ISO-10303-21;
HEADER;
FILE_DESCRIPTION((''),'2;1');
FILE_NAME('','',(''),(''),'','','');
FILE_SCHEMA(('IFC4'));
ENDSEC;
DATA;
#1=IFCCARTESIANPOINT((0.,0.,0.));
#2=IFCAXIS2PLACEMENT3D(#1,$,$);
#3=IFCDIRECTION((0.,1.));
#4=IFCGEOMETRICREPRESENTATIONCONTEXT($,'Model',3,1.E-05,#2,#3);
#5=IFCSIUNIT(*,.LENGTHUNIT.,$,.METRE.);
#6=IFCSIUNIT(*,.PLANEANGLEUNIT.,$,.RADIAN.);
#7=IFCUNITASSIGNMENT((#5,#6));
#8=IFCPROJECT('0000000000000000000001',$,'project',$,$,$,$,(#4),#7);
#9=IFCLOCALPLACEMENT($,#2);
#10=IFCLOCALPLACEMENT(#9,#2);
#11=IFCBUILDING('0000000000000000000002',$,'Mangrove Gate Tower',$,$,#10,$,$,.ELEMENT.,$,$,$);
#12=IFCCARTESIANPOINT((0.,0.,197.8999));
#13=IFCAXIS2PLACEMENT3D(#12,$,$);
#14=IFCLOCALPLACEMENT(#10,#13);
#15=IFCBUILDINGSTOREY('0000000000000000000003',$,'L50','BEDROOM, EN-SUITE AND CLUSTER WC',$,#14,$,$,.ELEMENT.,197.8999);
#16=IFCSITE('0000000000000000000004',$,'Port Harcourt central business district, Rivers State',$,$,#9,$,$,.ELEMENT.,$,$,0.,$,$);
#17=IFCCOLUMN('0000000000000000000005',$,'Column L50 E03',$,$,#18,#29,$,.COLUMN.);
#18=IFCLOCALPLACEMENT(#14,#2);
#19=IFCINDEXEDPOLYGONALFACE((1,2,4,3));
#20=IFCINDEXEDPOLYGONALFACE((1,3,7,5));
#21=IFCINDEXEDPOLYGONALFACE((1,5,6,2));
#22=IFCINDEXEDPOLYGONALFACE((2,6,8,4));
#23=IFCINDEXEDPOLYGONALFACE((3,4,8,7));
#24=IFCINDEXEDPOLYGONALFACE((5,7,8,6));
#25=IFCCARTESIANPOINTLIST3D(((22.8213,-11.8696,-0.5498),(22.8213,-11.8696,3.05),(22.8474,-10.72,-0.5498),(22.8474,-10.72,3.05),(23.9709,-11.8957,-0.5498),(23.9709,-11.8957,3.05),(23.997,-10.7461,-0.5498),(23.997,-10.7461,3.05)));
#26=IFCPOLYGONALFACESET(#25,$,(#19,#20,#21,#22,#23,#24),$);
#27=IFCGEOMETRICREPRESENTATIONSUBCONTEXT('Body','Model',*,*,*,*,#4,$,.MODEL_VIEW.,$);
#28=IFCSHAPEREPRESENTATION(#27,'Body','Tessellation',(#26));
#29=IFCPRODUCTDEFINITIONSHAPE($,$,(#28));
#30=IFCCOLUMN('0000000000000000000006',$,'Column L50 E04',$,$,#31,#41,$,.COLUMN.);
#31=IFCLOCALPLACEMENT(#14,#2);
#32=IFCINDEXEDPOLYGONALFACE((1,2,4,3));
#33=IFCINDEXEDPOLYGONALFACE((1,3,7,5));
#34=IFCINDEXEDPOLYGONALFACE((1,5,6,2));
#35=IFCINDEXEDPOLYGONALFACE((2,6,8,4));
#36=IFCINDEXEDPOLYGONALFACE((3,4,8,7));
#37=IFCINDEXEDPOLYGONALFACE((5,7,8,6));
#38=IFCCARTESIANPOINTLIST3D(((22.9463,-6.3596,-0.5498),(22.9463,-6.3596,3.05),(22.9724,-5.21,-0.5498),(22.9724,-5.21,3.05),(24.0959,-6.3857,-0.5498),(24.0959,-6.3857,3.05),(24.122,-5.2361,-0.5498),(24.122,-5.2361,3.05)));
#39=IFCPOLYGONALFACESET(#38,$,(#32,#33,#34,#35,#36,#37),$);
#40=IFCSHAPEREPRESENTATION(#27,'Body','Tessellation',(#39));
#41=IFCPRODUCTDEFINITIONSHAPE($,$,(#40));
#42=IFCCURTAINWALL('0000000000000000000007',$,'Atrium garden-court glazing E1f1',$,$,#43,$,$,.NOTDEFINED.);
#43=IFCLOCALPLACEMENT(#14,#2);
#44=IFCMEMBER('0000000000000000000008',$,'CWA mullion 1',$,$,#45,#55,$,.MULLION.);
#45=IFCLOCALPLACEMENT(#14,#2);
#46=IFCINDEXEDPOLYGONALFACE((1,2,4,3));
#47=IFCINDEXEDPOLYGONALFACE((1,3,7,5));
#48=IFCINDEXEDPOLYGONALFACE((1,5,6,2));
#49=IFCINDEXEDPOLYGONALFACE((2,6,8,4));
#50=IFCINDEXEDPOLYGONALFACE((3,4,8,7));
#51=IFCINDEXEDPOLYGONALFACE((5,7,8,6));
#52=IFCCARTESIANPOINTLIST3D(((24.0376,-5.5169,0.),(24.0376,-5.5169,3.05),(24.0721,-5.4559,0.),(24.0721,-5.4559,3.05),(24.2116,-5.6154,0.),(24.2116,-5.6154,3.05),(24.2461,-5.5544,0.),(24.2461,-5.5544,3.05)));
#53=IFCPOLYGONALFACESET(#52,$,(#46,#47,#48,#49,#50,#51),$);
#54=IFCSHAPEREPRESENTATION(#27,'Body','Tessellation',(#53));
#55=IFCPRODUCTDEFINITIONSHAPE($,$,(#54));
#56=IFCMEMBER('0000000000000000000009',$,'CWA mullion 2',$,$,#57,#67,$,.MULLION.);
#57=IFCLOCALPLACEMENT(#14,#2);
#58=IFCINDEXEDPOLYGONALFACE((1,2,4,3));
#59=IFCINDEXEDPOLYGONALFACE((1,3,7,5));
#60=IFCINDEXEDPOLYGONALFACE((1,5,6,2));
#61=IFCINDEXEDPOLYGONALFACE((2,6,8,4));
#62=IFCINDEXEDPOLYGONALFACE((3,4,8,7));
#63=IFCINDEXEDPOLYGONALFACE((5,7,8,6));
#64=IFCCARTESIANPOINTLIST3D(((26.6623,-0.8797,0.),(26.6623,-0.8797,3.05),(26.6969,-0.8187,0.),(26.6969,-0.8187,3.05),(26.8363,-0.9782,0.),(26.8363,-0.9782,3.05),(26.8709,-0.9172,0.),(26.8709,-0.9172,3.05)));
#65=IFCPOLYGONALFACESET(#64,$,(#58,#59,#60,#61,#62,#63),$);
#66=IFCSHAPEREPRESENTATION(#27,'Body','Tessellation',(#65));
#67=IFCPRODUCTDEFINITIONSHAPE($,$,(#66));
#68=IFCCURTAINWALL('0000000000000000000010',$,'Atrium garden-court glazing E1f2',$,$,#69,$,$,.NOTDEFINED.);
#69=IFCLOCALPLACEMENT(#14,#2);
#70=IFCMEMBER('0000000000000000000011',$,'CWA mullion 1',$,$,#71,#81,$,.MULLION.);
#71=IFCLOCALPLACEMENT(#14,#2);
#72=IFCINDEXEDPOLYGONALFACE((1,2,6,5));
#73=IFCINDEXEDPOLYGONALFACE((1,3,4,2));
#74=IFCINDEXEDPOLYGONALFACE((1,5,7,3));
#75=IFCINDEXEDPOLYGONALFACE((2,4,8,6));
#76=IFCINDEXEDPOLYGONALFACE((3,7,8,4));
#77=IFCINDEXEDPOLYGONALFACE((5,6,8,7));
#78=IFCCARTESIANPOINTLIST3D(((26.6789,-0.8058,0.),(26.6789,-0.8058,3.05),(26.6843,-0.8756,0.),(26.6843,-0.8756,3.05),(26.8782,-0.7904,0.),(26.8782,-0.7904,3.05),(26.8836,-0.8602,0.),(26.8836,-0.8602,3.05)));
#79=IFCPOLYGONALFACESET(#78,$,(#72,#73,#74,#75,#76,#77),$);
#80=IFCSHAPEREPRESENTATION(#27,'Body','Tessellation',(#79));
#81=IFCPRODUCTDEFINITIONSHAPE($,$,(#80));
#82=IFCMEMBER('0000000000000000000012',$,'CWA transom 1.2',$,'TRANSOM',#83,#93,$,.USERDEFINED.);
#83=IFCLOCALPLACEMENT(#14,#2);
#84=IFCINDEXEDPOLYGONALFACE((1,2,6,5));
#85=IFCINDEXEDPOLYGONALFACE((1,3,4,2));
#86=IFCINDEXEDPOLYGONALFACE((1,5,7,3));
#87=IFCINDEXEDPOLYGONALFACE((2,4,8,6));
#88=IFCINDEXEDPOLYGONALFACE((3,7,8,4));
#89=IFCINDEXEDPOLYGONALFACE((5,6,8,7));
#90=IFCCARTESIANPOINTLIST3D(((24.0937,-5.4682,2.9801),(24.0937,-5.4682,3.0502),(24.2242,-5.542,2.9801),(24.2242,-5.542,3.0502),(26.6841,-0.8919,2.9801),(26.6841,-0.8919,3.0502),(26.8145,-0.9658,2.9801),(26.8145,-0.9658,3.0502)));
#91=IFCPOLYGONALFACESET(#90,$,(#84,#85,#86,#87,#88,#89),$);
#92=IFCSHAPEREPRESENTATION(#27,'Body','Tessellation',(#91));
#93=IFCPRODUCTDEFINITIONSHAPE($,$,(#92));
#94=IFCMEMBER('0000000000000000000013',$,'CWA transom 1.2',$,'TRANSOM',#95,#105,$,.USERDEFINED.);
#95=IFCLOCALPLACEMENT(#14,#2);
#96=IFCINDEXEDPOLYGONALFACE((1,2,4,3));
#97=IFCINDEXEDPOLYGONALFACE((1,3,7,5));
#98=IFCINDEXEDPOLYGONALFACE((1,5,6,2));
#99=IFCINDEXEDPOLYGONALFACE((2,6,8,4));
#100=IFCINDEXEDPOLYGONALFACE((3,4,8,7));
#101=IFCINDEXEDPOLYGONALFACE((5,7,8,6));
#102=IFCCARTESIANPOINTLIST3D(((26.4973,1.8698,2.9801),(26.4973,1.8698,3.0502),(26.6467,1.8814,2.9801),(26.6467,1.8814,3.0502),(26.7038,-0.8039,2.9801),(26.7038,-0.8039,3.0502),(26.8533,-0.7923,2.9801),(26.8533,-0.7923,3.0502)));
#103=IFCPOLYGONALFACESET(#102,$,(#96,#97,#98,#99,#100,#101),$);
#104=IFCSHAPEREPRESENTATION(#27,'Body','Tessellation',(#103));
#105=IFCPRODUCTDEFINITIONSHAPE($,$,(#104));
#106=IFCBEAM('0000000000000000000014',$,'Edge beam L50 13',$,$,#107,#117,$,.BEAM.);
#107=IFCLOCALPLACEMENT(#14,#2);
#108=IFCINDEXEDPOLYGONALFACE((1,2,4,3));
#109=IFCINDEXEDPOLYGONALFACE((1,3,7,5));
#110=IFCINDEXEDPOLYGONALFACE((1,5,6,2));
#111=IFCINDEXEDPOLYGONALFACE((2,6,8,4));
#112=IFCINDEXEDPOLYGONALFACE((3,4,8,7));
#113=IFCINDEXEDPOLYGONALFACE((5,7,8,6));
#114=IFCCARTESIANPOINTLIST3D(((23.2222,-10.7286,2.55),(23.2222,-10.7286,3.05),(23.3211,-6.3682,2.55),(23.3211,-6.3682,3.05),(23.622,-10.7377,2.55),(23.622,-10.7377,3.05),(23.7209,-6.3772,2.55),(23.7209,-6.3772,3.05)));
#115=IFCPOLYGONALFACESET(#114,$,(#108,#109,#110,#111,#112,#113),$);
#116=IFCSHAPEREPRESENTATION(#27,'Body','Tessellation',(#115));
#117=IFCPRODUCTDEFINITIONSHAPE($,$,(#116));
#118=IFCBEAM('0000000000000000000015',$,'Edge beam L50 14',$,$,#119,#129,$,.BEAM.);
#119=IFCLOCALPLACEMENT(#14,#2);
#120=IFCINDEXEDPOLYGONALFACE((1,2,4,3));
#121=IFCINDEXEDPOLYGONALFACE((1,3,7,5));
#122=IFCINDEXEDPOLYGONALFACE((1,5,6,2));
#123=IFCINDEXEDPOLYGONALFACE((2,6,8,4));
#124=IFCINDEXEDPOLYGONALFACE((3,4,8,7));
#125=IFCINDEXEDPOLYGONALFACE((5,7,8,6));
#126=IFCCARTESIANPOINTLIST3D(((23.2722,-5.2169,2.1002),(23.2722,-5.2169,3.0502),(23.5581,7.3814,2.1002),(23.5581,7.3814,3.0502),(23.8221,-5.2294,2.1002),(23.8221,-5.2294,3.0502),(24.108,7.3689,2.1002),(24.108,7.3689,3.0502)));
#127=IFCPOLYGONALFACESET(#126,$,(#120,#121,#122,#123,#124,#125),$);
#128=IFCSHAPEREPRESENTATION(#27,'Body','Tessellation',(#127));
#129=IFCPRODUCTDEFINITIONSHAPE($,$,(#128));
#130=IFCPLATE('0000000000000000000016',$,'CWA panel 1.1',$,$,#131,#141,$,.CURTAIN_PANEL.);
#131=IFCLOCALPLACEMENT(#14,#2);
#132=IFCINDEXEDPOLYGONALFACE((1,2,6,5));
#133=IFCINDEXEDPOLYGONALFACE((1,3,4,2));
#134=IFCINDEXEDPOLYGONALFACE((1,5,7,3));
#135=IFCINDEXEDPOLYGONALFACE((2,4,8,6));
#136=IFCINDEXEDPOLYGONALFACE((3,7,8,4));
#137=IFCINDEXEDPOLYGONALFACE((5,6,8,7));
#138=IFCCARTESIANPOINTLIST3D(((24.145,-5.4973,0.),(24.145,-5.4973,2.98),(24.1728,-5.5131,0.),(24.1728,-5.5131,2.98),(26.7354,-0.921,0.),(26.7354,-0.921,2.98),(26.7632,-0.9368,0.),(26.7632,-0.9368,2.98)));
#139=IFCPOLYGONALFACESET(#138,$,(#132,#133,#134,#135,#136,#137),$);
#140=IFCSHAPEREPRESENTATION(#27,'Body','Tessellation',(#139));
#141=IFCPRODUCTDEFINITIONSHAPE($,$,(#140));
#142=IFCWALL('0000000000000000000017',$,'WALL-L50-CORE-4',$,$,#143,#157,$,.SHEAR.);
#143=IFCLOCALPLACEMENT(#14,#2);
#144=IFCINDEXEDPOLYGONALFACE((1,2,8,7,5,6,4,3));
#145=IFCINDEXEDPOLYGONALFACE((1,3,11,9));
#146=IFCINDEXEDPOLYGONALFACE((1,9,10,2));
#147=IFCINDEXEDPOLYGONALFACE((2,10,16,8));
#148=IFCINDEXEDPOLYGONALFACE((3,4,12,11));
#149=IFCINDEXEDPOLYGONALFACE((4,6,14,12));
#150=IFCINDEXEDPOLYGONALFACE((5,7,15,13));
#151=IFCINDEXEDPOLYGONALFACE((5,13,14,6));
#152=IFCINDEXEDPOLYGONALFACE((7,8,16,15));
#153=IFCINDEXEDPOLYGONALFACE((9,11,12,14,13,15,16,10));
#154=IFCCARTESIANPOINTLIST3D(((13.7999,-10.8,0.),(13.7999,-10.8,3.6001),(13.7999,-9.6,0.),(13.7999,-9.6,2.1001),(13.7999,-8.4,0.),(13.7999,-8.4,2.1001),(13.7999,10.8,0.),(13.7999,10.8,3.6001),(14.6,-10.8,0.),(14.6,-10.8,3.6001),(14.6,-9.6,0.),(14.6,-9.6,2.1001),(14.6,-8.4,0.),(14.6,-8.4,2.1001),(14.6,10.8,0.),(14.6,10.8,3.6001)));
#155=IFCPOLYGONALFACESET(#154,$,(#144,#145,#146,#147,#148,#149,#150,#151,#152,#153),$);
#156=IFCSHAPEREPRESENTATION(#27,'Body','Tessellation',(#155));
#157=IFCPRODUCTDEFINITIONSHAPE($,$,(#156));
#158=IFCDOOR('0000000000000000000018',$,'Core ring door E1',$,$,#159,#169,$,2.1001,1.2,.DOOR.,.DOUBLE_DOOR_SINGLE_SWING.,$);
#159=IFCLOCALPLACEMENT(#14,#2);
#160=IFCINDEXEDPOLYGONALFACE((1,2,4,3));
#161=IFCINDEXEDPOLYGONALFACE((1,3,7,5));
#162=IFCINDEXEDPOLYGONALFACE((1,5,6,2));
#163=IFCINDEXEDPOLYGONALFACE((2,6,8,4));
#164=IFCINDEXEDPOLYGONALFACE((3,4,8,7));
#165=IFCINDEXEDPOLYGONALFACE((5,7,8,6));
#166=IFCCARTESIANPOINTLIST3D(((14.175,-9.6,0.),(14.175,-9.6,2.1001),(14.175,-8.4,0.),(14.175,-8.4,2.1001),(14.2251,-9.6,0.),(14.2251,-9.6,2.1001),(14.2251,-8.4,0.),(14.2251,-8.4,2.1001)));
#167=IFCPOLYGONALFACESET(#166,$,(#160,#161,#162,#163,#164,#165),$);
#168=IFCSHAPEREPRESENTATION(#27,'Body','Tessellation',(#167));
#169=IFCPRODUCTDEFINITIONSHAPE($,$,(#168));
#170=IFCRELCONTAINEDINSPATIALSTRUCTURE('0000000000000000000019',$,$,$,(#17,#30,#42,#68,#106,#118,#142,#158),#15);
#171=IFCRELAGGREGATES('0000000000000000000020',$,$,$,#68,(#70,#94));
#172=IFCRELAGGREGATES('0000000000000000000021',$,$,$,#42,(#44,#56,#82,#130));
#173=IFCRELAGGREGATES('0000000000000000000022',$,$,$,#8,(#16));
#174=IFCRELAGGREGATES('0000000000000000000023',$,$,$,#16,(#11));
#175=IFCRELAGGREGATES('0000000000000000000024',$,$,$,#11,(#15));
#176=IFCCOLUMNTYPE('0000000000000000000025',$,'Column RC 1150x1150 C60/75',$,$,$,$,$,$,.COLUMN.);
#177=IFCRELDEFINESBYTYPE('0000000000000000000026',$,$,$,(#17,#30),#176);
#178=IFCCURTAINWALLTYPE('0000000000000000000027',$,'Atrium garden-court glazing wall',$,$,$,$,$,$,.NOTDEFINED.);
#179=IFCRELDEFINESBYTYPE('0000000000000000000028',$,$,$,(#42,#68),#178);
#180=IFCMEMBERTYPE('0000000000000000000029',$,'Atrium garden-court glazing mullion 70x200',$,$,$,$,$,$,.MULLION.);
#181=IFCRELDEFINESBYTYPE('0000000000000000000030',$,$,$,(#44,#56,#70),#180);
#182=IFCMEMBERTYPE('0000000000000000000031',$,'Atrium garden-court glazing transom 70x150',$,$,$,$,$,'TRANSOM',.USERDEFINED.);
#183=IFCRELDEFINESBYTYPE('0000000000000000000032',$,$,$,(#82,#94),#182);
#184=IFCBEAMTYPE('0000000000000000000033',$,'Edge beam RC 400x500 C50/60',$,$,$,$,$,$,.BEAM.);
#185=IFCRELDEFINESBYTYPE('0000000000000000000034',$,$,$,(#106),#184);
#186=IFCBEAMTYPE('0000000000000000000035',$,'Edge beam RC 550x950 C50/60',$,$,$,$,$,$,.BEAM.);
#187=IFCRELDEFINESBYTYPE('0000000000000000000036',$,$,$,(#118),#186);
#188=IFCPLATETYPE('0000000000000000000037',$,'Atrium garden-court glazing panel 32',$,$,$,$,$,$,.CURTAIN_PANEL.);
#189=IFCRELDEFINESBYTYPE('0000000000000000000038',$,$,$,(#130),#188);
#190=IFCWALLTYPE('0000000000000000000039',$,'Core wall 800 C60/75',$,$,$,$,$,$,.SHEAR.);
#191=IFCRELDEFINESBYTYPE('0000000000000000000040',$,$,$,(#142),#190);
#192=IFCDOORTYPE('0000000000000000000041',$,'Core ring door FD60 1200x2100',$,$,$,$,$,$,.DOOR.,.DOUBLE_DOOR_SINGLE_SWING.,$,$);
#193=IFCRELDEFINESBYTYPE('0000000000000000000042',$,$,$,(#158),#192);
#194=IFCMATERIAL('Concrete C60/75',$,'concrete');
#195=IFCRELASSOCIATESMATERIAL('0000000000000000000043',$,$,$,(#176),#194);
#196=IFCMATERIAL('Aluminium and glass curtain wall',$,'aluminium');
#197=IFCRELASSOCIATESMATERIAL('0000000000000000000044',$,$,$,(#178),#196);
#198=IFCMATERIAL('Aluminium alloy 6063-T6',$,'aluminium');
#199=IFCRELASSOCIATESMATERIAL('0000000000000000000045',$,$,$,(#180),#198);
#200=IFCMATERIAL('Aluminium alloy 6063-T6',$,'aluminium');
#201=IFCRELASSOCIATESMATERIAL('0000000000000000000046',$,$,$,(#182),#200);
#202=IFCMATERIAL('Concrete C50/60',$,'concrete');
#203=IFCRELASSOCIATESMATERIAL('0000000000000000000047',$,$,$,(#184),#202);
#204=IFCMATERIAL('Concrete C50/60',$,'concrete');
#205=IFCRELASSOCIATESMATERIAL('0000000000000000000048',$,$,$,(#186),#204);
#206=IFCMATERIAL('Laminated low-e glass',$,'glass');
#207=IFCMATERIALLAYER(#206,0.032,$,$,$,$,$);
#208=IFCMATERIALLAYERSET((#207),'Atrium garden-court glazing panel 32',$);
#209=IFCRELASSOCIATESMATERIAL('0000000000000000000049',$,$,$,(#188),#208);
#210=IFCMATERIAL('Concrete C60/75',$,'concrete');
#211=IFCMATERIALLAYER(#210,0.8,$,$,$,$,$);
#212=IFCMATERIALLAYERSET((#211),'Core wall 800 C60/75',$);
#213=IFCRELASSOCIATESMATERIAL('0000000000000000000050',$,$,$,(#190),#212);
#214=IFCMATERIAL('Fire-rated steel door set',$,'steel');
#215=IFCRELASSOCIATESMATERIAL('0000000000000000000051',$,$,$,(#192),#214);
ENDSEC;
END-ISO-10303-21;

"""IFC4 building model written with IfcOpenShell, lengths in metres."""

from ifc_helpers import new_model, si_unit, direction, frame, frame_2d, origin, origin_2d, place, context, subcontext, project, spatial, rectangle, extrude, material, layer, layer_set, material_profile, profile_set, type_object, element, fill, aggregate, save


model = new_model("IFC4")

# Units and contexts
model_context = context("Model", 3, precision=1e-05, world=origin(), true_north=direction((0.0, 1.0)))
body_context = subcontext(model_context, "Body", "Model", "MODEL_VIEW")
ifc_project = project(units=[si_unit("LENGTHUNIT", "METRE"), si_unit("PLANEANGLEUNIT", "RADIAN")], contexts=[model_context])

# Site, building, storey
site_placement = place(None, origin())
site = spatial("IfcSite", under=ifc_project, at=site_placement, Name="Port Harcourt central business district, Rivers State", CompositionType="ELEMENT", RefElevation=0.0)
building_placement = place(site_placement, origin())
building = spatial("IfcBuilding", under=site, at=building_placement, Name="Mangrove Gate Tower", CompositionType="ELEMENT")
storey_placement = place(building_placement, frame((0.0, 0.0, 197.8999)))
storey = spatial("IfcBuildingStorey", under=building, at=storey_placement, Name="L50", Description="BEDROOM, EN-SUITE AND CLUSTER WC", CompositionType="ELEMENT", Elevation=197.8999)

# Columns
ifc_material_1 = material(Name="Concrete C60/75", Category="concrete")
ifc_material_profile_1 = material_profile(ifc_material_1, rectangle(XDim=1.1499, YDim=1.1499, at=origin_2d()))
ifc_profile_set_1 = profile_set([ifc_material_profile_1], Name="Concrete C60/75")
column_type = type_object("IfcColumnType", Name="Column RC 1150x1150 C60/75", PredefinedType="COLUMN", material=ifc_profile_set_1)
for number, where, z_axis, x_axis, name in (
    (1, (23.4092, -11.3079, -0.5498), (0.0, 0.0, 1.0), (0.022678, 0.999743, 0.0), "Column L50 E03"),
    (2, (23.5342, -5.7979, -0.5498), (0.0, 0.0, 1.0), (0.022686, 0.999743, 0.0), "Column L50 E04"),
):
    element("IfcColumn", number, at=place(storey_placement, frame(where, z_axis=z_axis, x_axis=x_axis)), inside=storey, type_object=column_type, Name=name, PredefinedType="COLUMN", context=body_context, shape_type="SweptSolid", body=[
        extrude(rectangle(XDim=1.1499, YDim=1.1499, at=origin_2d()), origin(), (0.0, 0.0, 1.0), 3.5999),
    ])

# Curtain wall, members
ifc_material_2 = material(Name="Aluminium and glass curtain wall", Category="aluminium")
curtain_wall_type = type_object("IfcCurtainWallType", Name="Atrium garden-court glazing wall", PredefinedType="NOTDEFINED", material=ifc_material_2)
curtain_wall_1_placement = place(storey_placement, origin())
curtain_wall_1 = element("IfcCurtainWall", 3, at=curtain_wall_1_placement, inside=storey, type_object=curtain_wall_type, Name="Atrium garden-court glazing E1f1", PredefinedType="NOTDEFINED")
ifc_material_3 = material(Name="Aluminium alloy 6063-T6", Category="aluminium")
ifc_material_profile_2 = material_profile(ifc_material_3, rectangle(XDim=0.0701, YDim=0.2, at=origin_2d()))
ifc_profile_set_2 = profile_set([ifc_material_profile_2], Name="Aluminium alloy 6063-T6")
member_type_1 = type_object("IfcMemberType", Name="Atrium garden-court glazing mullion 70x200", PredefinedType="MULLION", material=ifc_profile_set_2)
member_1_placement = place(storey_placement, frame((24.1418, -5.5356, 0.0), z_axis=(0.0, 0.0, 1.0), x_axis=(0.4926, 0.870256, 0.0)))
member_1 = element("IfcMember", 4, at=member_1_placement, type_object=member_type_1, Name="CWA mullion 1", PredefinedType="MULLION", context=body_context, shape_type="SweptSolid", body=[
    extrude(rectangle(XDim=0.0701, YDim=0.2, at=origin_2d()), origin(), (0.0, 0.0, 1.0), 3.05),
])
member_2_placement = place(storey_placement, frame((26.7666, -0.8984, 0.0), z_axis=(0.0, 0.0, 1.0), x_axis=(0.4926, 0.870256, 0.0)))
member_2 = element("IfcMember", 5, at=member_2_placement, type_object=member_type_1, Name="CWA mullion 2", PredefinedType="MULLION", context=body_context, shape_type="SweptSolid", body=[
    extrude(rectangle(XDim=0.0701, YDim=0.2, at=origin_2d()), origin(), (0.0, 0.0, 1.0), 3.05),
])

# Curtain wall, member
curtain_wall_2_placement = place(storey_placement, origin())
curtain_wall_2 = element("IfcCurtainWall", 6, at=curtain_wall_2_placement, inside=storey, type_object=curtain_wall_type, Name="Atrium garden-court glazing E1f2", PredefinedType="NOTDEFINED")
member_3_placement = place(storey_placement, frame((26.7812, -0.833, 0.0), z_axis=(0.0, 0.0, 1.0), x_axis=(-0.077023, 0.997029, 0.0)))
member_3 = element("IfcMember", 7, at=member_3_placement, type_object=member_type_1, Name="CWA mullion 1", PredefinedType="MULLION", context=body_context, shape_type="SweptSolid", body=[
    extrude(rectangle(XDim=0.0701, YDim=0.2, at=origin_2d()), origin(), (0.0, 0.0, 1.0), 3.05),
])

# Members
ifc_material_4 = material(Name="Aluminium alloy 6063-T6", Category="aluminium")
ifc_material_profile_3 = material_profile(ifc_material_4, rectangle(XDim=0.0701, YDim=0.1499, at=origin_2d()))
ifc_profile_set_3 = profile_set([ifc_material_profile_3], Name="Aluminium alloy 6063-T6")
member_type_2 = type_object("IfcMemberType", Name="Atrium garden-court glazing transom 70x150", ElementType="TRANSOM", PredefinedType="USERDEFINED", material=ifc_profile_set_3)
member_4_placement = place(storey_placement, frame((24.1589, -5.5051, 3.0151), z_axis=(0.492605, 0.870253, 0.0), x_axis=(0.0, 0.0, 1.0)))
member_4 = element("IfcMember", 8, at=member_4_placement, type_object=member_type_2, Name="CWA transom 1.2", ObjectType="TRANSOM", PredefinedType="USERDEFINED", context=body_context, shape_type="SweptSolid", body=[
    extrude(rectangle(XDim=0.0701, YDim=0.1499, at=origin_2d()), origin(), (0.0, 0.0, 1.0), 5.2585),
])
member_5_placement = place(storey_placement, frame((26.7786, -0.7981, 3.0151), z_axis=(-0.077024, 0.997029, 0.0), x_axis=(0.0, 0.0, 1.0)))
member_5 = element("IfcMember", 9, at=member_5_placement, type_object=member_type_2, Name="CWA transom 1.2", ObjectType="TRANSOM", PredefinedType="USERDEFINED", context=body_context, shape_type="SweptSolid", body=[
    extrude(rectangle(XDim=0.0701, YDim=0.1499, at=origin_2d()), origin(), (0.0, 0.0, 1.0), 2.6816),
])
aggregate(curtain_wall_2, [member_3, member_5])

# Beams
ifc_material_5 = material(Name="Concrete C50/60", Category="concrete")
ifc_material_profile_4 = material_profile(ifc_material_5, rectangle(XDim=0.3999, YDim=0.5, at=origin_2d()))
ifc_profile_set_4 = profile_set([ifc_material_profile_4], Name="Concrete C50/60")
beam_type_1 = type_object("IfcBeamType", Name="Edge beam RC 400x500 C50/60", PredefinedType="BEAM", material=ifc_profile_set_4)
beam_1_placement = place(storey_placement, frame((23.4221, -10.7332, 2.8), z_axis=(0.022671, 0.999743, 0.0), x_axis=(-0.999743, 0.022671, 0.0)))
element("IfcBeam", 10, at=beam_1_placement, inside=storey, type_object=beam_type_1, Name="Edge beam L50 13", PredefinedType="BEAM", context=body_context, shape_type="SweptSolid", body=[
    extrude(rectangle(XDim=0.3999, YDim=0.5, at=origin_2d()), origin(), (0.0, 0.0, 1.0), 4.3616),
])
ifc_material_6 = material(Name="Concrete C50/60", Category="concrete")
ifc_material_profile_5 = material_profile(ifc_material_6, rectangle(XDim=0.55, YDim=0.95, at=origin_2d()))
ifc_profile_set_5 = profile_set([ifc_material_profile_5], Name="Concrete C50/60")
beam_type_2 = type_object("IfcBeamType", Name="Edge beam RC 550x950 C50/60", PredefinedType="BEAM", material=ifc_profile_set_5)
beam_2_placement = place(storey_placement, frame((23.5471, -5.2231, 2.5752), z_axis=(0.022687, 0.999743, 0.0), x_axis=(-0.999743, 0.022687, 0.0)))
element("IfcBeam", 11, at=beam_2_placement, inside=storey, type_object=beam_type_2, Name="Edge beam L50 14", PredefinedType="BEAM", context=body_context, shape_type="SweptSolid", body=[
    extrude(rectangle(XDim=0.55, YDim=0.95, at=origin_2d()), origin(), (0.0, 0.0, 1.0), 12.6016),
])

# Plate
ifc_material_7 = material(Name="Laminated low-e glass", Category="glass")
ifc_layer_1 = layer(ifc_material_7, 0.032)
ifc_layer_set_1 = layer_set([ifc_layer_1], Name="Atrium garden-court glazing panel 32")
plate_type = type_object("IfcPlateType", Name="Atrium garden-court glazing panel 32", PredefinedType="CURTAIN_PANEL", material=ifc_layer_set_1)
plate_placement = place(storey_placement, frame((25.4541, -3.217, 0.0), z_axis=(0.0, 0.0, 1.0), x_axis=(0.4926, 0.870256, 0.0)))
plate = element("IfcPlate", 12, at=plate_placement, type_object=plate_type, Name="CWA panel 1.1", PredefinedType="CURTAIN_PANEL", context=body_context, shape_type="SweptSolid", body=[
    extrude(rectangle(XDim=5.2585, YDim=0.032, at=origin_2d()), origin(), (0.0, 0.0, 1.0), 2.98),
])
aggregate(curtain_wall_1, [member_1, member_2, member_4, plate])

# Wall, opening, door
ifc_material_8 = material(Name="Concrete C60/75", Category="concrete")
ifc_layer_2 = layer(ifc_material_8, 0.8)
ifc_layer_set_2 = layer_set([ifc_layer_2], Name="Core wall 800 C60/75")
wall_type_1 = type_object("IfcWallType", Name="Core wall 800 C60/75", PredefinedType="SHEAR", material=ifc_layer_set_2)
wall_1_placement = place(storey_placement, frame((14.2, -10.8, 0.0), z_axis=(0.0, 0.0, 1.0), x_axis=(0.0, 1.0, 0.0)))
wall_1 = element("IfcWall", 13, at=wall_1_placement, inside=storey, type_object=wall_type_1, Name="WALL-L50-CORE-4", PredefinedType="SHEAR", context=body_context, shape_type="SweptSolid", body=[
    extrude(rectangle(XDim=21.6001, YDim=0.8, at=frame_2d((10.8, 0.0))), origin(), (0.0, 0.0, 1.0), 3.6001),
])
opening_1_placement = place(wall_1_placement, frame((1.2, 0.0, 0.0)))
opening_1 = element("IfcOpeningElement", 14, at=opening_1_placement, cuts=wall_1, PredefinedType="OPENING", context=body_context, shape_type="SweptSolid", body=[
    extrude(rectangle(XDim=1.2, YDim=2.1001, at=frame_2d((0.6001, 1.05))), frame((0.0, 0.4099, 0.0), z_axis=(0.0, -1.0, 0.0), x_axis=(1.0, 0.0, 0.0)), (0.0, 0.0, 1.0), 0.8201),
])
ifc_material_9 = material(Name="Fire-rated steel door set", Category="steel")
door_type_1 = type_object("IfcDoorType", Name="Core ring door FD60 1200x2100", OperationType="DOUBLE_DOOR_SINGLE_SWING", PredefinedType="DOOR", material=ifc_material_9)
door_1_placement = place(opening_1_placement, origin())
door_1 = element("IfcDoor", 15, at=door_1_placement, inside=storey, type_object=door_type_1, Name="Core ring door E1", OperationType="DOUBLE_DOOR_SINGLE_SWING", OverallHeight=2.1001, OverallWidth=1.2, PredefinedType="DOOR", context=body_context, shape_type="SweptSolid", body=[
    extrude(rectangle(XDim=1.2, YDim=2.1001, at=frame_2d((0.6001, 1.05))), frame((0.0, 0.0249, 0.0), z_axis=(0.0, -1.0, 0.0), x_axis=(1.0, 0.0, 0.0)), (0.0, 0.0, 1.0), 0.05),
])
fill(opening_1, door_1)

save(model, "model.ifc")
